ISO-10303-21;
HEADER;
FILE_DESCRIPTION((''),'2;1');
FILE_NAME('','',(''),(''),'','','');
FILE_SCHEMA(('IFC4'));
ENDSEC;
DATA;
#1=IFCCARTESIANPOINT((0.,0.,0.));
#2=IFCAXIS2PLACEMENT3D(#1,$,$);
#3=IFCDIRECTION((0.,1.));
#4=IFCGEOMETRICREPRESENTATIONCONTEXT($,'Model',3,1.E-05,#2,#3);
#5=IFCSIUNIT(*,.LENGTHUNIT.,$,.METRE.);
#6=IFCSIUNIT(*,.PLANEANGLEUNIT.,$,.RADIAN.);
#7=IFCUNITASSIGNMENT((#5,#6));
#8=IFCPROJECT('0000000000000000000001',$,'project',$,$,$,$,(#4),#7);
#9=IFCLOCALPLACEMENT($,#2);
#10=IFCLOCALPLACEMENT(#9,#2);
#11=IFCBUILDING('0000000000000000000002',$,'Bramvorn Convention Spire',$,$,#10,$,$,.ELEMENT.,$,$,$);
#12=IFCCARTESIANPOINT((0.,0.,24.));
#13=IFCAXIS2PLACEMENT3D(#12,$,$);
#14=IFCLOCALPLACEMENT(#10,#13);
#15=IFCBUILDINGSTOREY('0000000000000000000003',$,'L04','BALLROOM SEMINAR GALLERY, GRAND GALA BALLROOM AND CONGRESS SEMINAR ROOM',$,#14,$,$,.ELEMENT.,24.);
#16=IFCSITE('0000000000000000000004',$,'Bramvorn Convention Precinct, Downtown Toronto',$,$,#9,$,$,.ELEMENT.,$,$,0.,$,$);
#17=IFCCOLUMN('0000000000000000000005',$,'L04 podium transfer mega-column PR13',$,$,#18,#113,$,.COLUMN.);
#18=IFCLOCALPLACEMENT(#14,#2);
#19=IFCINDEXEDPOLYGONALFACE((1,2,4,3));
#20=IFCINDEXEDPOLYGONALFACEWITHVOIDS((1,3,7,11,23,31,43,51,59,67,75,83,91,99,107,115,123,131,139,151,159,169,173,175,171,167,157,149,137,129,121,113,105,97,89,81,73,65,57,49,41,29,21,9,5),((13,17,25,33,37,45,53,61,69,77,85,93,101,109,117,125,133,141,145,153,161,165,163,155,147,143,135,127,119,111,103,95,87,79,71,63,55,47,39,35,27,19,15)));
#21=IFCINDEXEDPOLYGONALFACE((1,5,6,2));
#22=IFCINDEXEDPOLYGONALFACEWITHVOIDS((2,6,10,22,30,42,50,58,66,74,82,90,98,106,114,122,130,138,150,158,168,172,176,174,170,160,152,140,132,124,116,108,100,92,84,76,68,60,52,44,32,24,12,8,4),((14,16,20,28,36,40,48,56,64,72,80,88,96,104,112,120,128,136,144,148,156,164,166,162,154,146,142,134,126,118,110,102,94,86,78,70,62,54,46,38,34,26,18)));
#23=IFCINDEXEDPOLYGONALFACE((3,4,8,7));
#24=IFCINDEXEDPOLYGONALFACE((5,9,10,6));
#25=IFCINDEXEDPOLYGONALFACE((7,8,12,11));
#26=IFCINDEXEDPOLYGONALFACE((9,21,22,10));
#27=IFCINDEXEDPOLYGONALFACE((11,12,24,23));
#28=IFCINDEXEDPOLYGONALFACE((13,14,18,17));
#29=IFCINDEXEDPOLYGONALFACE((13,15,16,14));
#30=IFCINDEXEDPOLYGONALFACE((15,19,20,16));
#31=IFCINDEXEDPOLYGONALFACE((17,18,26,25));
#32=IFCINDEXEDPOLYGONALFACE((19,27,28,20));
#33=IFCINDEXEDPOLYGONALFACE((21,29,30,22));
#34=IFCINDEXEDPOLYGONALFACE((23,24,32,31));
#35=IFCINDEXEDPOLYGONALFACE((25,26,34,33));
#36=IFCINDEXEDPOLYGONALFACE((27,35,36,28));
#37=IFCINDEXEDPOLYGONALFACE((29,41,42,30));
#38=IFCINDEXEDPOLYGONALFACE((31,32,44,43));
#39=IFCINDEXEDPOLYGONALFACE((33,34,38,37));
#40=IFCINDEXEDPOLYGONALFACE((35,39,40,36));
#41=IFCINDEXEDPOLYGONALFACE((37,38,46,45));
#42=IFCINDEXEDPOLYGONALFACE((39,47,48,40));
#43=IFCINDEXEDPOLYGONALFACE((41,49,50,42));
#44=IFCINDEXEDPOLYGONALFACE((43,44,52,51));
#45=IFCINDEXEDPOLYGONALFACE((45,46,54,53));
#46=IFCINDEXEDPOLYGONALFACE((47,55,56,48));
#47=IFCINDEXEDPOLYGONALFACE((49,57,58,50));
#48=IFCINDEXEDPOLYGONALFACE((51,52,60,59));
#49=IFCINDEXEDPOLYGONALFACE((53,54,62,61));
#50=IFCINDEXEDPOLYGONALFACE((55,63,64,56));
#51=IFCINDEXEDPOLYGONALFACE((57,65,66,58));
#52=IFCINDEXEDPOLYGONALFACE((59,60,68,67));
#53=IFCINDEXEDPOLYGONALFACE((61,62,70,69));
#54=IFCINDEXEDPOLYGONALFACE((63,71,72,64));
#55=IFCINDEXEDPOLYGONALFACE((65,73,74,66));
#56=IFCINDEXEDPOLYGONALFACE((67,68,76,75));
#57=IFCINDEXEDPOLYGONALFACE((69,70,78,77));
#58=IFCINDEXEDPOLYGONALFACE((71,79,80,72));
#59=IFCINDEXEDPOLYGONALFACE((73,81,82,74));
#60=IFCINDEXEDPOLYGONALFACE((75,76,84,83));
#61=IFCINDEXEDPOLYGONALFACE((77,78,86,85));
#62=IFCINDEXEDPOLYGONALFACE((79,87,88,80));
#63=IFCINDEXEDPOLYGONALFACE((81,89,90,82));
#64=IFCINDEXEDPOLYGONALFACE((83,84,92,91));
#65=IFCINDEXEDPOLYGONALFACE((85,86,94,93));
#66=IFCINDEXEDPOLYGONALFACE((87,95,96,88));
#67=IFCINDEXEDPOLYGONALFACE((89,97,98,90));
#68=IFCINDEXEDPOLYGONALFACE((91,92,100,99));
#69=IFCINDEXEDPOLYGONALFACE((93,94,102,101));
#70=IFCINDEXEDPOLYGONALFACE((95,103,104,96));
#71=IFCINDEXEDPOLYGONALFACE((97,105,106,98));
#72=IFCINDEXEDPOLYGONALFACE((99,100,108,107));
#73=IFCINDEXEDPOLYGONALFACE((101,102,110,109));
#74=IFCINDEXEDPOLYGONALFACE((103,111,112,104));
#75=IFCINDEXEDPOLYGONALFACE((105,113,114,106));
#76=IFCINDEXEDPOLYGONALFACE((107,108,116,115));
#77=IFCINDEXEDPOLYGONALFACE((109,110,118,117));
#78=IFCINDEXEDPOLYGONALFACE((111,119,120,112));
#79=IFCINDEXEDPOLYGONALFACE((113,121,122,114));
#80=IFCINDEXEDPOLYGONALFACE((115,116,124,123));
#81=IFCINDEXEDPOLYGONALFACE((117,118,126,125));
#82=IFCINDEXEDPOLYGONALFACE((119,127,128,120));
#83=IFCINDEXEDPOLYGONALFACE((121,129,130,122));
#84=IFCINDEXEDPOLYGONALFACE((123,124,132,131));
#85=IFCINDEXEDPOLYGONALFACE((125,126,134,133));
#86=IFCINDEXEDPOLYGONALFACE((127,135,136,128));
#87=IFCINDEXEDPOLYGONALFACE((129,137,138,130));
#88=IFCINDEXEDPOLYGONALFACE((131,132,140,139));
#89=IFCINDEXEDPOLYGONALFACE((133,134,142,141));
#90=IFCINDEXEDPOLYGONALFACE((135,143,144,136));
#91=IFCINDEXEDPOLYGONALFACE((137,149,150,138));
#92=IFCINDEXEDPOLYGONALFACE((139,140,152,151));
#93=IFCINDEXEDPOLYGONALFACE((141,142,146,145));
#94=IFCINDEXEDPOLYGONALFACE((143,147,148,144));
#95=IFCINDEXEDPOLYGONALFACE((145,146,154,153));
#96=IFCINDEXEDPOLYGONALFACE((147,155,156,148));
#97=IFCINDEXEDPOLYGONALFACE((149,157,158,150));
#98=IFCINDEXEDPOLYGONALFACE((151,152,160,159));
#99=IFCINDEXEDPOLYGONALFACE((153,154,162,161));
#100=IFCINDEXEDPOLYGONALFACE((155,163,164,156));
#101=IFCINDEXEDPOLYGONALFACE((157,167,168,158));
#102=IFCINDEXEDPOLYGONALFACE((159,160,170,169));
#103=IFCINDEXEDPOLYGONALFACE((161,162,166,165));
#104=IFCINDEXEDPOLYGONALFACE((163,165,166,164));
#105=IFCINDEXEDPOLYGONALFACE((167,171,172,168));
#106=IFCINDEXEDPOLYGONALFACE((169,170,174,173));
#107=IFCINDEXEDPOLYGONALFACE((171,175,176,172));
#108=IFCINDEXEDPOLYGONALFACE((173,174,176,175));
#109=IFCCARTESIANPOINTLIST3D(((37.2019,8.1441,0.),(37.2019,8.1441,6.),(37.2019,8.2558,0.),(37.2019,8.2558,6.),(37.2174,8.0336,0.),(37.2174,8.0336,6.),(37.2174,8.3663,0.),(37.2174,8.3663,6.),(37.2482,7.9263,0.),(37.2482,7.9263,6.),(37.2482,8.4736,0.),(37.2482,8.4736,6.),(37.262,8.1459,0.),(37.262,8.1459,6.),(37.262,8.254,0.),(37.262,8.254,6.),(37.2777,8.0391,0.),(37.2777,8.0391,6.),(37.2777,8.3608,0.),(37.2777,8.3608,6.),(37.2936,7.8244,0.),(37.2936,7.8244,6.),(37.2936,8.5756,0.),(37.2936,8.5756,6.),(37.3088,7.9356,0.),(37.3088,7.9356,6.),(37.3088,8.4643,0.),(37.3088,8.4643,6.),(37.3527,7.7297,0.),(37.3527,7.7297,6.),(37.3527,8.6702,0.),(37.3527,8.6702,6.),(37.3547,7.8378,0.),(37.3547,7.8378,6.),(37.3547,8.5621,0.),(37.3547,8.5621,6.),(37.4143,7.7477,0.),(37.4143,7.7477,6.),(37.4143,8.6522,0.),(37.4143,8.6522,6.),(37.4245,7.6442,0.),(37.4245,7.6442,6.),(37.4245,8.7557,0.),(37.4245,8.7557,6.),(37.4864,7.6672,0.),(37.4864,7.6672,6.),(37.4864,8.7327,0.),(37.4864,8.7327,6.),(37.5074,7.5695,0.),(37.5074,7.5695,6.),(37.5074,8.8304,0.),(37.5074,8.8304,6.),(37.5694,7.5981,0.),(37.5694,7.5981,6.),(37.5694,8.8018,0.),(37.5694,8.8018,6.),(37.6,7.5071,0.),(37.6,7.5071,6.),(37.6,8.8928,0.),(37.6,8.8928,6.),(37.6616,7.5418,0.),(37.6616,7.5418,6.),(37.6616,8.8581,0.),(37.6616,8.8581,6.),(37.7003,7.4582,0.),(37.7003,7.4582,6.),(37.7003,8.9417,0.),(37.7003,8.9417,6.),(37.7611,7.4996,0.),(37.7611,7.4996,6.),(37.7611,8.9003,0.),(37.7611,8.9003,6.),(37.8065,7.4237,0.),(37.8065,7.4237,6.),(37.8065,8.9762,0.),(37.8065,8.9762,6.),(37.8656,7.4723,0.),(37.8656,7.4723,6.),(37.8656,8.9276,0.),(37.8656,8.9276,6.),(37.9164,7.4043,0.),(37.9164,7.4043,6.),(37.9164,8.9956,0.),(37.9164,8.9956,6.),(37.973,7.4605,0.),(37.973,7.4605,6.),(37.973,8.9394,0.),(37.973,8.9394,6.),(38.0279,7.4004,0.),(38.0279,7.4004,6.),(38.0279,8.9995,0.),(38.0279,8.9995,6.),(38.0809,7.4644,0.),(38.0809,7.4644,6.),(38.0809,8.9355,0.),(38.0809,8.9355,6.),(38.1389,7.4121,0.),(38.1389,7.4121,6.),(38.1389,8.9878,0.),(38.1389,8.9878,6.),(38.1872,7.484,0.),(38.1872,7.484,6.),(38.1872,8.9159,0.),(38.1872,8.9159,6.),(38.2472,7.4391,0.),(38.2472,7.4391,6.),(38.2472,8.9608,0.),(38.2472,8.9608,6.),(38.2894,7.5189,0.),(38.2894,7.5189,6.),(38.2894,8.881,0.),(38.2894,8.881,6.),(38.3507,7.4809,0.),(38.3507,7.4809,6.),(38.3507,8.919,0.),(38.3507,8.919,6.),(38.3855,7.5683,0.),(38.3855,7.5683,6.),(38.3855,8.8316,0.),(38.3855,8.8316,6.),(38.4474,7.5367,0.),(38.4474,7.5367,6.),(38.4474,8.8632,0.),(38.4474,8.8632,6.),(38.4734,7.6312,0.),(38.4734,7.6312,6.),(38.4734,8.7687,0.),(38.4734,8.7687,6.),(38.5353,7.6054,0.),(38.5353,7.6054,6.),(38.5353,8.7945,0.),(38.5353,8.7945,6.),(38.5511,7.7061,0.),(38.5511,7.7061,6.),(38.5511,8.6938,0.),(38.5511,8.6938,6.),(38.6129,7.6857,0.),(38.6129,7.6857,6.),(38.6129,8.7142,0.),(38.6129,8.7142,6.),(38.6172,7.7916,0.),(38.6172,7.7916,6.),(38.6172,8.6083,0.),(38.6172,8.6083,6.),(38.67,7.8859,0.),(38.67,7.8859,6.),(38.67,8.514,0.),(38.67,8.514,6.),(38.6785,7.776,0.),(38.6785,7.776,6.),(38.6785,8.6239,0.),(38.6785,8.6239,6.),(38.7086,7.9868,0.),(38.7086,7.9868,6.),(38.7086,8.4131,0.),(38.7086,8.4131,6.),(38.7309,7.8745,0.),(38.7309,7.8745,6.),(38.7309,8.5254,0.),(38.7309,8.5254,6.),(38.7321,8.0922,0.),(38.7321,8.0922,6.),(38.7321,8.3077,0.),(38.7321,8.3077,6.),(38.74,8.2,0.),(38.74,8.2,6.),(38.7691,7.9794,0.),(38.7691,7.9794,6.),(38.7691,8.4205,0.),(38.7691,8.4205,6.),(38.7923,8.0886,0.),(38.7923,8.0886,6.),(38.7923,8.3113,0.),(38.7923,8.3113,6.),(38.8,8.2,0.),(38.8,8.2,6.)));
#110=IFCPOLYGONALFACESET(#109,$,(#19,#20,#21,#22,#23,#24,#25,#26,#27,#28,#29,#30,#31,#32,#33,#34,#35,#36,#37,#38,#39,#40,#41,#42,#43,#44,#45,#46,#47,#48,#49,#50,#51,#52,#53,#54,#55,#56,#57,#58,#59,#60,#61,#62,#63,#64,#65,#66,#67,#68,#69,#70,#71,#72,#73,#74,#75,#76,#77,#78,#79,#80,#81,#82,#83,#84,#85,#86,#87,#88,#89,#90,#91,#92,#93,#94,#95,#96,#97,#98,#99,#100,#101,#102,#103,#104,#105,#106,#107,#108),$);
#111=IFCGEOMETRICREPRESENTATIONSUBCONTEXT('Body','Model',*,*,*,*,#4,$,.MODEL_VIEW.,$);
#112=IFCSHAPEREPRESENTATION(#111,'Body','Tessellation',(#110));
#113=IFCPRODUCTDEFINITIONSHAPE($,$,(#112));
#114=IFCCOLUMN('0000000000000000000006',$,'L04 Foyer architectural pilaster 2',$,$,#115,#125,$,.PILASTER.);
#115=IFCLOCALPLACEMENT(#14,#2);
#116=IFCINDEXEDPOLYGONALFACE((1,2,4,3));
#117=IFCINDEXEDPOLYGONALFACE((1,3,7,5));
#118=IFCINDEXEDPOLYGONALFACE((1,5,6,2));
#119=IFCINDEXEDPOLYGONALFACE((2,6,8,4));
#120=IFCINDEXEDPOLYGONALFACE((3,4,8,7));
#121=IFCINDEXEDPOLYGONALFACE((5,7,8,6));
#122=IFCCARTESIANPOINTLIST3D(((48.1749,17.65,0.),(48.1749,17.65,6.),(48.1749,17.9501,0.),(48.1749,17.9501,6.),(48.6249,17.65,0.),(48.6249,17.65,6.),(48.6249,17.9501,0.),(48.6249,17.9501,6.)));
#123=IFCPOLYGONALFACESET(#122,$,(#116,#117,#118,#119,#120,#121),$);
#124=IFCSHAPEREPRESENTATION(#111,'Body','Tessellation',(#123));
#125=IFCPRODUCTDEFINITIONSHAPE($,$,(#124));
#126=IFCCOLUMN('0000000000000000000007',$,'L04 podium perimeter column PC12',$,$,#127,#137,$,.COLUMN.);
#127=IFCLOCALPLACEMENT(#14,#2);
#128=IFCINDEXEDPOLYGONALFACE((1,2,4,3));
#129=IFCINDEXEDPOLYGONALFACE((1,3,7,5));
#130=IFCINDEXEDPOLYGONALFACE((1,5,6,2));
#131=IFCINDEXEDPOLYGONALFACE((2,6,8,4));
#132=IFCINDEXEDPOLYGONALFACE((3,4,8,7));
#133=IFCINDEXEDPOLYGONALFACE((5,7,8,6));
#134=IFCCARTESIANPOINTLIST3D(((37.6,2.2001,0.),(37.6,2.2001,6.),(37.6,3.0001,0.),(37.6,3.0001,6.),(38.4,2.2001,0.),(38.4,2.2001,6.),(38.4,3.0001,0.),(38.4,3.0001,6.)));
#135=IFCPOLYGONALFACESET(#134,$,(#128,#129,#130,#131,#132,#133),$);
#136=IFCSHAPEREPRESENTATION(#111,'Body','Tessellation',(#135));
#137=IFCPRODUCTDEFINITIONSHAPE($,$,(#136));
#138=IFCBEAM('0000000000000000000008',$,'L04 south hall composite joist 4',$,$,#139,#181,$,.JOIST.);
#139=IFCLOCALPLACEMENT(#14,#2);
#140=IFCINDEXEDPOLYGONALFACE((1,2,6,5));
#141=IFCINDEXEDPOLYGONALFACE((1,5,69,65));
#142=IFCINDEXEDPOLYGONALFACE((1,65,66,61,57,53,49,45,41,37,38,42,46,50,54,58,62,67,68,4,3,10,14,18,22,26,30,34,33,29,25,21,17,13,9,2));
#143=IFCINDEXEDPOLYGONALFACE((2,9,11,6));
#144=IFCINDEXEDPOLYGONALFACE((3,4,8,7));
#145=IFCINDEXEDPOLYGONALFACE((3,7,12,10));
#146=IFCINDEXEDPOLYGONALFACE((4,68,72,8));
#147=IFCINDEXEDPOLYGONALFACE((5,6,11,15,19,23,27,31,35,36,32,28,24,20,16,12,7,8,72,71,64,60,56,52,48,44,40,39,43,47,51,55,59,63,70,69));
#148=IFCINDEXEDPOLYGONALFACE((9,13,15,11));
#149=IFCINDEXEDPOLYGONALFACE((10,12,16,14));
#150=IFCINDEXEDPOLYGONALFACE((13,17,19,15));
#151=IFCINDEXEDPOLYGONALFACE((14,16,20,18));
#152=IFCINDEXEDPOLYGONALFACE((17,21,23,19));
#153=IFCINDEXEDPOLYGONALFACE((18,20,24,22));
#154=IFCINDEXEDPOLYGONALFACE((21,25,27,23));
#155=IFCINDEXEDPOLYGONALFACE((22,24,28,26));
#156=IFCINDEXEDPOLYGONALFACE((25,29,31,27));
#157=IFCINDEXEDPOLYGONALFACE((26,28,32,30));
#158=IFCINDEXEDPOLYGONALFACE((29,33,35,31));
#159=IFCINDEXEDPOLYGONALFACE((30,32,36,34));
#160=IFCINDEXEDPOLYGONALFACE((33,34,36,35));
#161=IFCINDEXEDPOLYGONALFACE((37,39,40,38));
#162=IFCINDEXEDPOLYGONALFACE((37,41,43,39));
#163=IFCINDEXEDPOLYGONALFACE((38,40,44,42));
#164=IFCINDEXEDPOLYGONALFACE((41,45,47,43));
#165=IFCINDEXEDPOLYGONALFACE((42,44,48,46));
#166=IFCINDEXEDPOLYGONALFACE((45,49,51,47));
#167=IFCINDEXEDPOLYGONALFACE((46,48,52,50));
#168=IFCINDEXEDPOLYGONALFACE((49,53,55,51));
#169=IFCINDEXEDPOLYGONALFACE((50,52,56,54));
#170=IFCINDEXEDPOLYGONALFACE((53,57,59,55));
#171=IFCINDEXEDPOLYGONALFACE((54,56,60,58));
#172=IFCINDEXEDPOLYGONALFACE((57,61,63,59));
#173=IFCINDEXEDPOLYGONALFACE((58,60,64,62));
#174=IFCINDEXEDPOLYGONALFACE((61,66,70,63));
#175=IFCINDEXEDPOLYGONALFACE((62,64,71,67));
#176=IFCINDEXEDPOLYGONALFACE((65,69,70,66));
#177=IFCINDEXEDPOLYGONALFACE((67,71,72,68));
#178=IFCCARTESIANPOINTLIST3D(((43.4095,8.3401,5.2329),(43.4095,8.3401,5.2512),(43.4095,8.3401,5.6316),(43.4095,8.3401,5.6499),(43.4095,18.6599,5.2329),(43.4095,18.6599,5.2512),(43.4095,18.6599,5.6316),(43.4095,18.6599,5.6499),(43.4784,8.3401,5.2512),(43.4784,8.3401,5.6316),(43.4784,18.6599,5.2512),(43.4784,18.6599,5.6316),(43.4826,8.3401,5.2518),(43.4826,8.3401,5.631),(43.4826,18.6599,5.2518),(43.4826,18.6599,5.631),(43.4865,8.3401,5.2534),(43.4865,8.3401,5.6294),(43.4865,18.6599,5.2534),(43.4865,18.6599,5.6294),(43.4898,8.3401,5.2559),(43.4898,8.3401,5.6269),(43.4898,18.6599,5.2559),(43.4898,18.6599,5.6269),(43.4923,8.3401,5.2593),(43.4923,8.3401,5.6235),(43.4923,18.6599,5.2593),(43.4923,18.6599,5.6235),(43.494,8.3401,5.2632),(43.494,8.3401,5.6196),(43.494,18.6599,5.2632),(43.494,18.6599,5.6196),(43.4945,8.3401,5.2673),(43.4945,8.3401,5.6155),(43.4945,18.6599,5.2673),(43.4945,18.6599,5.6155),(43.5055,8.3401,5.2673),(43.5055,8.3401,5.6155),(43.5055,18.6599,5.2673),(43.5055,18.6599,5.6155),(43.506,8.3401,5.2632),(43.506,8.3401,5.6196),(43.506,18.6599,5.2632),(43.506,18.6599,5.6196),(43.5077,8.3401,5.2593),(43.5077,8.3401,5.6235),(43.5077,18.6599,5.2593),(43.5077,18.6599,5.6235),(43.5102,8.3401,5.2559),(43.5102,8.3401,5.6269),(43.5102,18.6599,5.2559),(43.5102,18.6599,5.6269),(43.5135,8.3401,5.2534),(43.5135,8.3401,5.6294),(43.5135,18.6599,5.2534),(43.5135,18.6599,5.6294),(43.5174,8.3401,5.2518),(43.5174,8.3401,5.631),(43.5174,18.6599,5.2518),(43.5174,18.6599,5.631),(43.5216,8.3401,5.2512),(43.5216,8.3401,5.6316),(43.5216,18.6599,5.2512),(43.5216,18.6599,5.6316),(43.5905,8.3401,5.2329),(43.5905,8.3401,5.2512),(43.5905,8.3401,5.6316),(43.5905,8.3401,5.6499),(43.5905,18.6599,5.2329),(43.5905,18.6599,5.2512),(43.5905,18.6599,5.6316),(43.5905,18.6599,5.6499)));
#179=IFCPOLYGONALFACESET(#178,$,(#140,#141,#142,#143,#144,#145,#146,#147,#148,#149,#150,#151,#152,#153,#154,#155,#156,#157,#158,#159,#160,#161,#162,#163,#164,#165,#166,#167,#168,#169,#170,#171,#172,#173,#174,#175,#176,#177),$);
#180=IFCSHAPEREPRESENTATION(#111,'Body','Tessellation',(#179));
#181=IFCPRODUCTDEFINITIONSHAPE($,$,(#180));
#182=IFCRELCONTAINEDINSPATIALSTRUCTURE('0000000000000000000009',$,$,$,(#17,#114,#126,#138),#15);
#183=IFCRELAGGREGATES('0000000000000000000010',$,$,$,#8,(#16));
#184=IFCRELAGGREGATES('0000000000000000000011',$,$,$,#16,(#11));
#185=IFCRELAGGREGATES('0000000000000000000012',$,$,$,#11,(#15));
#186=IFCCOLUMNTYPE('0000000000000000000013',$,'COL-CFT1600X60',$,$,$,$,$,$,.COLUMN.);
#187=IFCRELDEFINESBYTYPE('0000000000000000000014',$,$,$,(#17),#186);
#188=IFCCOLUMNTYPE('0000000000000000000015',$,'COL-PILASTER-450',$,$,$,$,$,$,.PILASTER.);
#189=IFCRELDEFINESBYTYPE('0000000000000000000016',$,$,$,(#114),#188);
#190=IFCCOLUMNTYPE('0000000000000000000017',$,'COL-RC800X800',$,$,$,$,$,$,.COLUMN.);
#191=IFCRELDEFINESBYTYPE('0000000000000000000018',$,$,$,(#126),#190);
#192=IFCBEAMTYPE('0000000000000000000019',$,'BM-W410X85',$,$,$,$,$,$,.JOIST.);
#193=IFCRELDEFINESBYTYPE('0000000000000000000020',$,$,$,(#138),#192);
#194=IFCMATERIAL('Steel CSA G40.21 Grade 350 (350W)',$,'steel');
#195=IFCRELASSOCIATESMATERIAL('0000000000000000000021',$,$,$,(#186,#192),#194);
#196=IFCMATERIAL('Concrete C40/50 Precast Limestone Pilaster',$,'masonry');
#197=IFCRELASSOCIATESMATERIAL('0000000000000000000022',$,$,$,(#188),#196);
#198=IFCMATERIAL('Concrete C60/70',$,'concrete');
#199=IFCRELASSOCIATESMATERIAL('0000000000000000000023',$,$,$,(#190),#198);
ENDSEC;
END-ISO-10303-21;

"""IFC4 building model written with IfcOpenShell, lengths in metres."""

from ifc_helpers import new_model, si_unit, direction, frame, origin, origin_2d, place, context, subcontext, project, spatial, rectangle, hollow_circle, i_section, extrude, material, material_profile, profile_set, type_object, element, save


model = new_model("IFC4")

# Units and contexts
model_context = context("Model", 3, precision=1e-05, world=origin(), true_north=direction((0.0, 1.0)))
body_context = subcontext(model_context, "Body", "Model", "MODEL_VIEW")
ifc_project = project(units=[si_unit("LENGTHUNIT", "METRE"), si_unit("PLANEANGLEUNIT", "RADIAN")], contexts=[model_context])

# Site, building, storey
site_placement = place(None, origin())
site = spatial("IfcSite", under=ifc_project, at=site_placement, Name="Bramvorn Convention Precinct, Downtown Toronto", CompositionType="ELEMENT", RefElevation=0.0)
building_placement = place(site_placement, origin())
building = spatial("IfcBuilding", under=site, at=building_placement, Name="Bramvorn Convention Spire", CompositionType="ELEMENT")
storey_placement = place(building_placement, frame((0.0, 0.0, 24.0)))
storey = spatial("IfcBuildingStorey", under=building, at=storey_placement, Name="L04", Description="BALLROOM SEMINAR GALLERY, GRAND GALA BALLROOM AND CONGRESS SEMINAR ROOM", CompositionType="ELEMENT", Elevation=24.0)

# Columns
ifc_material_1 = material(Name="Steel CSA G40.21 Grade 350 (350W)", Category="steel")
ifc_material_profile_1 = material_profile(ifc_material_1, hollow_circle(Radius=0.8, WallThickness=0.0601, at=origin_2d()))
ifc_profile_set_1 = profile_set([ifc_material_profile_1], Name="Steel CSA G40.21 Grade 350 (350W) - CFT1600X60")
column_type_1 = type_object("IfcColumnType", Name="COL-CFT1600X60", PredefinedType="COLUMN", material=ifc_profile_set_1)
column_1_placement = place(storey_placement, frame((38.0, 8.2, 0.0), z_axis=(0.0, 0.0, 1.0), x_axis=(1.0, 0.0, 0.0)))
element("IfcColumn", 1, at=column_1_placement, inside=storey, type_object=column_type_1, Name="L04 podium transfer mega-column PR13", PredefinedType="COLUMN", context=body_context, shape_type="SweptSolid", body=[
    extrude(hollow_circle(Radius=0.8, WallThickness=0.0601, at=origin_2d()), origin(), (0.0, 0.0, 1.0), 6.0),
])
ifc_material_2 = material(Name="Concrete C40/50 Precast Limestone Pilaster", Category="masonry")
ifc_material_profile_2 = material_profile(ifc_material_2, rectangle(XDim=0.45, YDim=0.3, at=origin_2d()))
ifc_profile_set_2 = profile_set([ifc_material_profile_2], Name="Concrete C40/50 Precast Limestone Pilaster - PILASTER450X300")
column_type_2 = type_object("IfcColumnType", Name="COL-PILASTER-450", PredefinedType="PILASTER", material=ifc_profile_set_2)
column_2_placement = place(storey_placement, frame((48.3999, 17.8, 0.0), z_axis=(0.0, 0.0, 1.0), x_axis=(1.0, 0.0, 0.0)))
element("IfcColumn", 2, at=column_2_placement, inside=storey, type_object=column_type_2, Name="L04 Foyer architectural pilaster 2", PredefinedType="PILASTER", context=body_context, shape_type="SweptSolid", body=[
    extrude(rectangle(XDim=0.45, YDim=0.3, at=origin_2d()), origin(), (0.0, 0.0, 1.0), 6.0),
])
ifc_material_3 = material(Name="Concrete C60/70", Category="concrete")
ifc_material_profile_3 = material_profile(ifc_material_3, rectangle(XDim=0.8, YDim=0.8, at=origin_2d()))
ifc_profile_set_3 = profile_set([ifc_material_profile_3], Name="Concrete C60/70 - RC800X800")
column_type_3 = type_object("IfcColumnType", Name="COL-RC800X800", PredefinedType="COLUMN", material=ifc_profile_set_3)
column_3_placement = place(storey_placement, frame((38.0, 2.6001, 0.0), z_axis=(0.0, 0.0, 1.0), x_axis=(1.0, 0.0, 0.0)))
element("IfcColumn", 3, at=column_3_placement, inside=storey, type_object=column_type_3, Name="L04 podium perimeter column PC12", PredefinedType="COLUMN", context=body_context, shape_type="SweptSolid", body=[
    extrude(rectangle(XDim=0.8, YDim=0.8, at=origin_2d()), origin(), (0.0, 0.0, 1.0), 6.0),
])

# Beam
ifc_material_profile_4 = material_profile(ifc_material_1, i_section(OverallWidth=0.1809, OverallDepth=0.417, WebThickness=0.011, FlangeThickness=0.0183, FilletRadius=0.0161, at=origin_2d()))
ifc_profile_set_4 = profile_set([ifc_material_profile_4], Name="Steel CSA G40.21 Grade 350 (350W) - W410X85")
beam_type_1 = type_object("IfcBeamType", Name="BM-W410X85", PredefinedType="JOIST", material=ifc_profile_set_4)
beam_1_placement = place(storey_placement, frame((43.5, 8.3401, 5.4414), z_axis=(0.0, 1.0, 0.0), x_axis=(-1.0, 0.0, 0.0)))
element("IfcBeam", 4, at=beam_1_placement, inside=storey, type_object=beam_type_1, Name="L04 south hall composite joist 4", PredefinedType="JOIST", context=body_context, shape_type="SweptSolid", body=[
    extrude(i_section(OverallWidth=0.1809, OverallDepth=0.417, WebThickness=0.011, FlangeThickness=0.0183, FilletRadius=0.0161, at=origin_2d()), origin(), (0.0, 0.0, 1.0), 10.3198),
])

save(model, "model.ifc")
